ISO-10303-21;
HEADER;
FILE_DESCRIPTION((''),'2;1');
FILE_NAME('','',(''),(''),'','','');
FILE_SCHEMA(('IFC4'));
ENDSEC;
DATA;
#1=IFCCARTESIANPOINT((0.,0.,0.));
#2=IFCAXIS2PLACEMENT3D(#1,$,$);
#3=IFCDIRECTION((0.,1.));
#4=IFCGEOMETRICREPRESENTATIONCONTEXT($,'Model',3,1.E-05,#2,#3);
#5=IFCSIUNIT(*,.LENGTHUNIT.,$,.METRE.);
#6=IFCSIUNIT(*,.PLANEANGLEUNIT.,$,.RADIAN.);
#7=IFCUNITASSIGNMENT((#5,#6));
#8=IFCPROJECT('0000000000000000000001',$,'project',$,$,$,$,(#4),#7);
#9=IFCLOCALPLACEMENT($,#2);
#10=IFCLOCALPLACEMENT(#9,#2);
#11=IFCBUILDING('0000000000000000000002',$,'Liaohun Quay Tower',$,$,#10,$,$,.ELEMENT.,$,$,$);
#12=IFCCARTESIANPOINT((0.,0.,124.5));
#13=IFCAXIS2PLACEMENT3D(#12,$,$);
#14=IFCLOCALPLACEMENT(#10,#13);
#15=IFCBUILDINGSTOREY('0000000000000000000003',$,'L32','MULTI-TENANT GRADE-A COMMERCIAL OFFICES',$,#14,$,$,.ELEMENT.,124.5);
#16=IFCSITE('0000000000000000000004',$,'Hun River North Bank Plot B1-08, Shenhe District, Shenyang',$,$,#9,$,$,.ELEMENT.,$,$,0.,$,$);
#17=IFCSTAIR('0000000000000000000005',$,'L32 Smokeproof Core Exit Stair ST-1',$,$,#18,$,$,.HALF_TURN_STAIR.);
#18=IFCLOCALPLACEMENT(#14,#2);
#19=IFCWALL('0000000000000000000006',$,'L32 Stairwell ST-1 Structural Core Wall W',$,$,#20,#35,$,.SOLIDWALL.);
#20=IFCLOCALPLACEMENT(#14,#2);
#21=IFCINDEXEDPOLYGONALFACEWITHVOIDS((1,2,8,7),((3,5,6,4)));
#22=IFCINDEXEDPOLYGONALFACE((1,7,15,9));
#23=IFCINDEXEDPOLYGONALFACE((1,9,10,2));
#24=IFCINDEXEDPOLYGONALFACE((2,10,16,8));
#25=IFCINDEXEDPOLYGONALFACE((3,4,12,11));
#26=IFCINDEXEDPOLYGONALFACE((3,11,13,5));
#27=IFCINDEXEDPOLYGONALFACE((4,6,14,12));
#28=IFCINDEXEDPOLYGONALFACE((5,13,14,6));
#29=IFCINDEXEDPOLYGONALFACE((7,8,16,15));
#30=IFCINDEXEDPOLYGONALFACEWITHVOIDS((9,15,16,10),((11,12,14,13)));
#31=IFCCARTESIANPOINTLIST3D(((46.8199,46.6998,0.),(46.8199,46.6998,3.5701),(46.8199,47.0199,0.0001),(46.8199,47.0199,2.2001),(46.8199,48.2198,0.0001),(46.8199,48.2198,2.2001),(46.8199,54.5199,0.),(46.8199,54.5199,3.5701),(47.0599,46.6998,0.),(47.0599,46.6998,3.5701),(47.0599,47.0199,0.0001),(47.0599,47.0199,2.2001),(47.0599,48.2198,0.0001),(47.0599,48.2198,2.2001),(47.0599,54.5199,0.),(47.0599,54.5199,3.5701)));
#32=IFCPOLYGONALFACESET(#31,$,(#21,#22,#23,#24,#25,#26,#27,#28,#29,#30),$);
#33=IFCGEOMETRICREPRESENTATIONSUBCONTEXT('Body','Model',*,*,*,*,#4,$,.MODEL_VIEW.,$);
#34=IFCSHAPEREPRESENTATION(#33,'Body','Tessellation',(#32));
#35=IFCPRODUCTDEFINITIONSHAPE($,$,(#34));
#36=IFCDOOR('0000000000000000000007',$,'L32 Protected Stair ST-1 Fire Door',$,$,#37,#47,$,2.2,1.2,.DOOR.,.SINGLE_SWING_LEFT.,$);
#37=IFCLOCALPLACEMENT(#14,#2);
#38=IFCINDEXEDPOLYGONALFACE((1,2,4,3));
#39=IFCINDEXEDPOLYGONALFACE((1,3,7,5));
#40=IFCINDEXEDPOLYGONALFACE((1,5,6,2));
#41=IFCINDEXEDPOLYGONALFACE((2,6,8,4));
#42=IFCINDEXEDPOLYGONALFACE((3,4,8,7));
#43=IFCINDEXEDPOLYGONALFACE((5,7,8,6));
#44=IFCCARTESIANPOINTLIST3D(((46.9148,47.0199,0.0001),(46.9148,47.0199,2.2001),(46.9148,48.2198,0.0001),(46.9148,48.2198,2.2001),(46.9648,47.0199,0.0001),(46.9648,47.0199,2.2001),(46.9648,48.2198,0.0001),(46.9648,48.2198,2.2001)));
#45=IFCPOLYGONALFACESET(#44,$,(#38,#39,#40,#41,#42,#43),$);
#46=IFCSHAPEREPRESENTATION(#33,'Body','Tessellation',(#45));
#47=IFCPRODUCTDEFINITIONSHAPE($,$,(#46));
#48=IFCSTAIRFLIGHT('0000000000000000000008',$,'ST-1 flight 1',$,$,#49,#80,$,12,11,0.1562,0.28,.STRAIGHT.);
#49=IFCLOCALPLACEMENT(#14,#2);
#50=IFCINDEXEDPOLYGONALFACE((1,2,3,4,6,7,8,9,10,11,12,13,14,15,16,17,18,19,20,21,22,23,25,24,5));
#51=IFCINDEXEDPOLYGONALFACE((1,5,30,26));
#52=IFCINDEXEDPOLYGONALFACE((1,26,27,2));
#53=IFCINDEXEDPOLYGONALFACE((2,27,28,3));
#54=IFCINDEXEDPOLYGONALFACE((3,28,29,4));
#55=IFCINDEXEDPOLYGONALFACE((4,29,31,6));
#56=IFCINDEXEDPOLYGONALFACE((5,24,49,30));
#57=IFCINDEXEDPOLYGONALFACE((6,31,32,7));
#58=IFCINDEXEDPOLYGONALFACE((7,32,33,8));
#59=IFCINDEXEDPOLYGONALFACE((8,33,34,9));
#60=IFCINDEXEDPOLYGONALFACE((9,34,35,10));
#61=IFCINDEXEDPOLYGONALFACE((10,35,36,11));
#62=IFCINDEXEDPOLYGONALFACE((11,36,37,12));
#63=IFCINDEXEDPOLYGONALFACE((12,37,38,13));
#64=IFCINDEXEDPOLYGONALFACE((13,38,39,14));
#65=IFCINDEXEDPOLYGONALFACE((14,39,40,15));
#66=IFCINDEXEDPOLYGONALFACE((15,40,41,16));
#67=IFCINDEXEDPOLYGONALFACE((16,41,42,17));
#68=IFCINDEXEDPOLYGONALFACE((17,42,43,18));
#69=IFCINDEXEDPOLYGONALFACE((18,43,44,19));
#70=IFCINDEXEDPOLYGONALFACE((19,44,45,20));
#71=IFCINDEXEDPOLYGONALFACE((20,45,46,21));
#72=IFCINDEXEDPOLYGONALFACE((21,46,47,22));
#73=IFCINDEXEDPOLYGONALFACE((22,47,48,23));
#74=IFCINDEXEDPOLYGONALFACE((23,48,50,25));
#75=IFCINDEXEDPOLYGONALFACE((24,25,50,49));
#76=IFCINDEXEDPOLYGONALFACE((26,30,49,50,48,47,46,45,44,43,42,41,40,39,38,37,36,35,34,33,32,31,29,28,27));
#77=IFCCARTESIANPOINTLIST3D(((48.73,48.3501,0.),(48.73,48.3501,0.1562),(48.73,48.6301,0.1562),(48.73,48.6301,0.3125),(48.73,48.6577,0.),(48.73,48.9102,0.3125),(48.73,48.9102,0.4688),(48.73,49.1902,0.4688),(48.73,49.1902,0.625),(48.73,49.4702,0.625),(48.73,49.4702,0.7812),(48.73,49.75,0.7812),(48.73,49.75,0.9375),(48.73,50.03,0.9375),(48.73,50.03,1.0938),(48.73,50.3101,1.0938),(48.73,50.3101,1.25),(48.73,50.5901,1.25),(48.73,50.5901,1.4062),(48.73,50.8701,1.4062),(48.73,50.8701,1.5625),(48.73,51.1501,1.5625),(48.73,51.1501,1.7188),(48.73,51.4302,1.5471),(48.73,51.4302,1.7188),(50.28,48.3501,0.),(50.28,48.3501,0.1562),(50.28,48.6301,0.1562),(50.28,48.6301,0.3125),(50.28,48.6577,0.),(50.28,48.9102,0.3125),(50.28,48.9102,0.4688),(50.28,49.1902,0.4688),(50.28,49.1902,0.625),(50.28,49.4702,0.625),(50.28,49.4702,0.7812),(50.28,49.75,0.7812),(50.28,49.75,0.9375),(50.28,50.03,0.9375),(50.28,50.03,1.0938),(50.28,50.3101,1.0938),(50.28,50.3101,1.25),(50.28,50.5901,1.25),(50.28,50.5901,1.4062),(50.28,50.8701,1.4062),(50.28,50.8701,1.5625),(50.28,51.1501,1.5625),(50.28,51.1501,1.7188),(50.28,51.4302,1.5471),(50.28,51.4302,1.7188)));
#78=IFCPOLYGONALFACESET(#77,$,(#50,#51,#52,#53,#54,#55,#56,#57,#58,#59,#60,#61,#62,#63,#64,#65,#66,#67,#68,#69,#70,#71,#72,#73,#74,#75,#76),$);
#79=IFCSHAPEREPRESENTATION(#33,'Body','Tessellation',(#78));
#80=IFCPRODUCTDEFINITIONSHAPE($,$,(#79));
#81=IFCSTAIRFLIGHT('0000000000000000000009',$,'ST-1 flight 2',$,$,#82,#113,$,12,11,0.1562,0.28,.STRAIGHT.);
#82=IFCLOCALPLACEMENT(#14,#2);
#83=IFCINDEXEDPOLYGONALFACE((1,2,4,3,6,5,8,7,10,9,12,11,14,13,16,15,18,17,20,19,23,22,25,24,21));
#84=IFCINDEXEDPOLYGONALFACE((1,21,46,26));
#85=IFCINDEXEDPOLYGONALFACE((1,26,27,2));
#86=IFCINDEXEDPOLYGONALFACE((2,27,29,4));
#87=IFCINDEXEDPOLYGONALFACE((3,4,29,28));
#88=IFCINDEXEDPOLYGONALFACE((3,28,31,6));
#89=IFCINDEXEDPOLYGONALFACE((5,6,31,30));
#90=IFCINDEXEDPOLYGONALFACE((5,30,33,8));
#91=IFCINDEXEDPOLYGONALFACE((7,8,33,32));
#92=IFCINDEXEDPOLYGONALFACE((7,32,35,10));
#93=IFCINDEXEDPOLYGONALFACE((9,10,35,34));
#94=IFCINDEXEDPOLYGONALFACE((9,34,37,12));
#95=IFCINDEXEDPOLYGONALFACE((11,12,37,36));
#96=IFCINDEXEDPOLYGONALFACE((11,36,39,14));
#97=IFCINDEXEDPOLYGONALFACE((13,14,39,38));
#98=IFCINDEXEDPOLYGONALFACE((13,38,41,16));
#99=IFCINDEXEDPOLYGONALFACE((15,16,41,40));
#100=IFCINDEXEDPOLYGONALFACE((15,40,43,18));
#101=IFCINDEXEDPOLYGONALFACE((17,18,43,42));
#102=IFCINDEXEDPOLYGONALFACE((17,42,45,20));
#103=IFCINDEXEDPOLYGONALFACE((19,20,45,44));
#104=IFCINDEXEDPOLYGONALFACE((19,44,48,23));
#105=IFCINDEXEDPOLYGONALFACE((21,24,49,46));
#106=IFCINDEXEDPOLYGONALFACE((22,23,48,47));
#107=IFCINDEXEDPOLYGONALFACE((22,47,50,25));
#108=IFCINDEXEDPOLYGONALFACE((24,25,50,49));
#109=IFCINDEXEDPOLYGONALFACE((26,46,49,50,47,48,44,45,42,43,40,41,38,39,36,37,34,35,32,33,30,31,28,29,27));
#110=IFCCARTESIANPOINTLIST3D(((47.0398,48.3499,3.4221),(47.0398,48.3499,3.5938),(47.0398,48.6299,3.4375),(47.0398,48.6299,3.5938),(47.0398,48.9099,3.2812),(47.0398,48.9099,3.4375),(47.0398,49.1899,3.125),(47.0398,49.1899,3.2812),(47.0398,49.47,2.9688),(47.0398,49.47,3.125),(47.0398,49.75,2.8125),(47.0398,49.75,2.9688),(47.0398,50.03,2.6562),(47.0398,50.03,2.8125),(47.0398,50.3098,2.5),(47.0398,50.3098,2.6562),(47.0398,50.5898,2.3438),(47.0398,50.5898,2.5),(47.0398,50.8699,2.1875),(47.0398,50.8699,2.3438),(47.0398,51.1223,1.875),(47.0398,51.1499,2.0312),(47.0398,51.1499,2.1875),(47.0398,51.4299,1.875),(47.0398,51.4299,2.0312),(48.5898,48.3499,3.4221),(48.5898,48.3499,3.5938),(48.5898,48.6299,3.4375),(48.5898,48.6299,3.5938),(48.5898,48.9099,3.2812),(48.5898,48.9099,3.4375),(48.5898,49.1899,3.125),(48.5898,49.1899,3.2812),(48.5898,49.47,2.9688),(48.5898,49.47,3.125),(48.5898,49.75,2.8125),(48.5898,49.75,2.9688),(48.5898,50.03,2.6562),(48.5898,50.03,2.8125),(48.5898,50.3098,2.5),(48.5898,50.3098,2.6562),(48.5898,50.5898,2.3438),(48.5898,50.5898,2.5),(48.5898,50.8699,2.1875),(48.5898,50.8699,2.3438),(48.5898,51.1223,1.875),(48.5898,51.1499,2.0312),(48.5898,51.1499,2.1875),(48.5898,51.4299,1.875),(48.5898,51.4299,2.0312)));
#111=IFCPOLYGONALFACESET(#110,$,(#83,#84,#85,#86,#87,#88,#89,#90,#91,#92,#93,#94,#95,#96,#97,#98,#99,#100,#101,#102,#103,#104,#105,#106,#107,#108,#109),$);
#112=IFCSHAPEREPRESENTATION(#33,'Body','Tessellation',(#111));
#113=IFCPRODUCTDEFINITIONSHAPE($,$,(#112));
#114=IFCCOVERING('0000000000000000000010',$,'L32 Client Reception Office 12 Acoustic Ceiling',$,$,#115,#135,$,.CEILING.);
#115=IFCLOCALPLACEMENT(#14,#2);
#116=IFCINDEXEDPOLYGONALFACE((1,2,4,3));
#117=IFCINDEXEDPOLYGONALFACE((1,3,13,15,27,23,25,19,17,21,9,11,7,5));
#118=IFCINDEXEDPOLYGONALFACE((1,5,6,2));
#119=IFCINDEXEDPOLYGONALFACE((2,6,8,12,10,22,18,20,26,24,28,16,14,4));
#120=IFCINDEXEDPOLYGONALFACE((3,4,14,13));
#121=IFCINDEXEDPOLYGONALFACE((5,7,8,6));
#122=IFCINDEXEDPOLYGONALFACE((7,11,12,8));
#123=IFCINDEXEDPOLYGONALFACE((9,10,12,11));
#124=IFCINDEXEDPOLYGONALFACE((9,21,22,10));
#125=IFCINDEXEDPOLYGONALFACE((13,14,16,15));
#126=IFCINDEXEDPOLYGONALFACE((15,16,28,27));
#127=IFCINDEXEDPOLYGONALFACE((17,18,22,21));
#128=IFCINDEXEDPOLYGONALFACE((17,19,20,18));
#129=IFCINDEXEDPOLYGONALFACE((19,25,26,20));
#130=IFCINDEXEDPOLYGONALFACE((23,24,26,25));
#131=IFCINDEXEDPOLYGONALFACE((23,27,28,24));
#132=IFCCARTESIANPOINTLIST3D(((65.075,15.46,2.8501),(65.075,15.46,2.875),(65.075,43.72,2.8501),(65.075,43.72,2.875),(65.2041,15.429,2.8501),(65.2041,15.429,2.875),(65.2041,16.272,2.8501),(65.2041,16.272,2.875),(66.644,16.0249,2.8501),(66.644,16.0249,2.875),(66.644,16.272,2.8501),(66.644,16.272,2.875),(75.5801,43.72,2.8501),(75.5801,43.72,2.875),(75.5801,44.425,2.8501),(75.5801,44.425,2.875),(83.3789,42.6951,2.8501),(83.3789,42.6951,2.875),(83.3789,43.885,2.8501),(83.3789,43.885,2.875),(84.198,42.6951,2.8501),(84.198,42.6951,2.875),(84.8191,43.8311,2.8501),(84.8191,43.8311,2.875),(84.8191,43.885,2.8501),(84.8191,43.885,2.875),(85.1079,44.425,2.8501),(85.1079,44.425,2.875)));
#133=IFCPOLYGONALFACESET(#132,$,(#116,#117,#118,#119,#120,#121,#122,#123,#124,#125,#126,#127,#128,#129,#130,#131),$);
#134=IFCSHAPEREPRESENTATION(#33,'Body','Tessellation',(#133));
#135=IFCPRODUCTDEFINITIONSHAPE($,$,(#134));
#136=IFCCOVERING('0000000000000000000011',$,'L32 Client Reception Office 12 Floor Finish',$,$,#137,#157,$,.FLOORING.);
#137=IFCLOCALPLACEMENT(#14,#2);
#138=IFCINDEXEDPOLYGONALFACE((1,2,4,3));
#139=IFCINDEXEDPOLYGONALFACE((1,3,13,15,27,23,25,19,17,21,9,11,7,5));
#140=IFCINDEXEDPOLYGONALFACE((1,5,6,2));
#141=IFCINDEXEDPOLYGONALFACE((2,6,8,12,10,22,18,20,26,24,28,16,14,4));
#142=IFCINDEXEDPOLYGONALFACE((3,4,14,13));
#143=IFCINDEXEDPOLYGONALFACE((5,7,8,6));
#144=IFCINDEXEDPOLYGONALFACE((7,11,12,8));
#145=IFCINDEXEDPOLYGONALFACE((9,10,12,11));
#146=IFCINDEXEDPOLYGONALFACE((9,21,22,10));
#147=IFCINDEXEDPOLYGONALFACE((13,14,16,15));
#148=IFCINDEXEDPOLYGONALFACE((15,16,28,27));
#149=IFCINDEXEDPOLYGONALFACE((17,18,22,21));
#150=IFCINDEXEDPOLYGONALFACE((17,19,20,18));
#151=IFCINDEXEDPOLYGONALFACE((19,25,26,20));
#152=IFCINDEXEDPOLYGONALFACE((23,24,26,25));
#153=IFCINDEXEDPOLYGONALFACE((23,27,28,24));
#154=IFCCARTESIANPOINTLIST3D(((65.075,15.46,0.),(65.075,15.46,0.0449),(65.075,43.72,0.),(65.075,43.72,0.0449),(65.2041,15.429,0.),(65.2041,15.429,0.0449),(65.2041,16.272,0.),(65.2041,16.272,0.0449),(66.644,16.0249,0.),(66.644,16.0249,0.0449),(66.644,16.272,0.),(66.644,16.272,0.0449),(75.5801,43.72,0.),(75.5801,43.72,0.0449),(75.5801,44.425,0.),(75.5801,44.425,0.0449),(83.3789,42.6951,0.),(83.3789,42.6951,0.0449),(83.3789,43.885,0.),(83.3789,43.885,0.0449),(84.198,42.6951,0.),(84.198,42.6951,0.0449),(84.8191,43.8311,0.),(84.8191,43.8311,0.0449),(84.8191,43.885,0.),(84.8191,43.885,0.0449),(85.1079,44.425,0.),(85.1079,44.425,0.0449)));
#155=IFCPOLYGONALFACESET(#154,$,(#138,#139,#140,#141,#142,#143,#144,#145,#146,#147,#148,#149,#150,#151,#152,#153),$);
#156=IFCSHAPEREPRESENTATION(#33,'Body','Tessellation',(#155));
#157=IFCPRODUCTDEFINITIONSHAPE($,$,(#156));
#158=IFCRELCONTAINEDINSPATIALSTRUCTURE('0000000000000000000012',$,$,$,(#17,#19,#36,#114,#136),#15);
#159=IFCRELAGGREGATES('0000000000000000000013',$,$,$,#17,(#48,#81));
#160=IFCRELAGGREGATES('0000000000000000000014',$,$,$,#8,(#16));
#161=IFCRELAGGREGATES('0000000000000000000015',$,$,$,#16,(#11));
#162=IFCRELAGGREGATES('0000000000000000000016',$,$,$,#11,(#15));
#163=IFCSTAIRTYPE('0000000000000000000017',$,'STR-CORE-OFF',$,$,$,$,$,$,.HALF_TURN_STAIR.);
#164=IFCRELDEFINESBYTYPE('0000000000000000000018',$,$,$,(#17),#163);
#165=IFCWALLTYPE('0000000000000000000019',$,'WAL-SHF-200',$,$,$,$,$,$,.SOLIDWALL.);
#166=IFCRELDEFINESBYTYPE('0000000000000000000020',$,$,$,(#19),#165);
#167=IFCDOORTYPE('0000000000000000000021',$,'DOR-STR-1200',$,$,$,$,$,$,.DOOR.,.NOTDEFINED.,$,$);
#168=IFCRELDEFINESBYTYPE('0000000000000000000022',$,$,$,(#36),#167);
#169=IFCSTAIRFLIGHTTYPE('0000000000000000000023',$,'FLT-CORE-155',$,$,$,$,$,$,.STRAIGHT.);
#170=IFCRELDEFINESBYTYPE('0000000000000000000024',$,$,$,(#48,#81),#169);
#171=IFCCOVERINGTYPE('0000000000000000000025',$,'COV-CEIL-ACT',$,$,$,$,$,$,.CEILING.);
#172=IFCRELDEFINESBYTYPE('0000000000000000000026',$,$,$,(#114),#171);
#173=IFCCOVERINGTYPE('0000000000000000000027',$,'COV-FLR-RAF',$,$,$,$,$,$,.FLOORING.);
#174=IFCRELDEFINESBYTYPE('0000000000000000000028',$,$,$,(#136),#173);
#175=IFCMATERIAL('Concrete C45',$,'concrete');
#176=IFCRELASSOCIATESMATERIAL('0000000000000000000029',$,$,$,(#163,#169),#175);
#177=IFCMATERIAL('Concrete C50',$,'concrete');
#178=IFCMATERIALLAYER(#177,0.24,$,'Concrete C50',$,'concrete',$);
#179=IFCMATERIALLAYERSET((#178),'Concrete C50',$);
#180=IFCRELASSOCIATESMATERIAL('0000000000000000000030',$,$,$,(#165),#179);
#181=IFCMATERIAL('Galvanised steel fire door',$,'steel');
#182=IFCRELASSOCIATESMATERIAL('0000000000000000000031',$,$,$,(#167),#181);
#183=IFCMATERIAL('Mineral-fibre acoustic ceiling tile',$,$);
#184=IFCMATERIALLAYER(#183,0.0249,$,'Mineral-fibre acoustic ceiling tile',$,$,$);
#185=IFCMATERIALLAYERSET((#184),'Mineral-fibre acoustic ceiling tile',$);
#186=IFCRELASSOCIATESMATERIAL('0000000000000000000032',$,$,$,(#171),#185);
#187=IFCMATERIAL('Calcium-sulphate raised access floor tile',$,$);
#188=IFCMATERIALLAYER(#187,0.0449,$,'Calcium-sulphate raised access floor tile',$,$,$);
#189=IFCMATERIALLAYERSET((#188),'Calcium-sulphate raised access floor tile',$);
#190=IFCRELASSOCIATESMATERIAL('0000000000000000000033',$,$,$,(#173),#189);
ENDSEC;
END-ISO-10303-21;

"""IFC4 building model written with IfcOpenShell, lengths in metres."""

from ifc_helpers import new_model, si_unit, direction, frame, frame_2d, origin, place, context, subcontext, project, spatial, polyline, rectangle, outline, extrude, source, transform, mapped, material, layer, layer_set, type_object, element, fill, aggregate, save


model = new_model("IFC4")

# Units and contexts
model_context = context("Model", 3, precision=1e-05, world=origin(), true_north=direction((0.0, 1.0)))
body_context = subcontext(model_context, "Body", "Model", "MODEL_VIEW")
ifc_project = project(units=[si_unit("LENGTHUNIT", "METRE"), si_unit("PLANEANGLEUNIT", "RADIAN")], contexts=[model_context])

# Site, building, storey
site_placement = place(None, origin())
site = spatial("IfcSite", under=ifc_project, at=site_placement, Name="Hun River North Bank Plot B1-08, Shenhe District, Shenyang", CompositionType="ELEMENT", RefElevation=0.0)
building_placement = place(site_placement, origin())
building = spatial("IfcBuilding", under=site, at=building_placement, Name="Liaohun Quay Tower", CompositionType="ELEMENT")
storey_placement = place(building_placement, frame((0.0, 0.0, 124.5)))
storey = spatial("IfcBuildingStorey", under=building, at=storey_placement, Name="L32", Description="MULTI-TENANT GRADE-A COMMERCIAL OFFICES", CompositionType="ELEMENT", Elevation=124.5)

# Stair
ifc_material_1 = material(Name="Concrete C45", Category="concrete")
stair_type = type_object("IfcStairType", Name="STR-CORE-OFF", PredefinedType="HALF_TURN_STAIR", material=ifc_material_1)
stair_1_placement = place(storey_placement, origin())
stair_1 = element("IfcStair", 1, at=stair_1_placement, inside=storey, type_object=stair_type, Name="L32 Smokeproof Core Exit Stair ST-1", PredefinedType="HALF_TURN_STAIR")

# Shared definitions
ifc_material_2 = material(Name="Concrete C50", Category="concrete")
ifc_layer_1 = layer(ifc_material_2, 0.24, Name="Concrete C50", Category="concrete")
ifc_layer_set_1 = layer_set([ifc_layer_1], Name="Concrete C50")
wall_type_1 = type_object("IfcWallType", Name="WAL-SHF-200", PredefinedType="SOLIDWALL", material=ifc_layer_set_1)

# Wall, opening, door
wall_1_placement = place(storey_placement, frame((46.9399, 54.52, 0.0), z_axis=(0.0, 0.0, 1.0), x_axis=(0.0, -1.0, 0.0)))
wall_1 = element("IfcWall", 2, at=wall_1_placement, inside=storey, type_object=wall_type_1, Name="L32 Stairwell ST-1 Structural Core Wall W", PredefinedType="SOLIDWALL", context=body_context, shape_type="SweptSolid", body=[
    extrude(rectangle(XDim=7.8201, YDim=0.24, at=frame_2d((3.9102, 0.0))), origin(), (0.0, 0.0, 1.0), 3.5701),
])
shared_shape_1 = source(origin(), body_context, "Body", "SweptSolid", [
    extrude(rectangle(XDim=1.2, YDim=2.2, at=frame_2d((0.6001, 1.1001))), frame((0.0, 0.1299, 0.0), z_axis=(0.0, -1.0, 0.0), x_axis=(1.0, 0.0, 0.0)), (0.0, 0.0, 1.0), 0.26),
])
opening_1_placement = place(wall_1_placement, frame((6.3, 0.0, 0.0)))
opening_1 = element("IfcOpeningElement", 3, at=opening_1_placement, cuts=wall_1, PredefinedType="OPENING", context=body_context, shape_type="MappedRepresentation", body=[
    mapped(shared_shape_1, transform((0.0, 0.0, 0.0), x_axis=(1.0, 0.0, 0.0), y_axis=(0.0, 1.0, 0.0), z_axis=(0.0, 0.0, 1.0), scale=1.0)),
])
ifc_material_3 = material(Name="Galvanised steel fire door", Category="steel")
door_type_1 = type_object("IfcDoorType", Name="DOR-STR-1200", OperationType="NOTDEFINED", PredefinedType="DOOR", material=ifc_material_3)
shared_shape_2 = source(origin(), body_context, "Body", "SweptSolid", [
    extrude(rectangle(XDim=1.2, YDim=2.2, at=frame_2d((0.6001, 1.1001))), frame((0.0, 0.0249, 0.0), z_axis=(0.0, -1.0, 0.0), x_axis=(1.0, 0.0, 0.0)), (0.0, 0.0, 1.0), 0.05),
])
door_1_placement = place(opening_1_placement, origin())
door_1 = element("IfcDoor", 4, at=door_1_placement, inside=storey, type_object=door_type_1, Name="L32 Protected Stair ST-1 Fire Door", OperationType="SINGLE_SWING_LEFT", OverallHeight=2.2, OverallWidth=1.2, PredefinedType="DOOR", context=body_context, shape_type="MappedRepresentation", body=[
    mapped(shared_shape_2, transform((0.0, 0.0, 0.0), x_axis=(1.0, 0.0, 0.0), y_axis=(0.0, 1.0, 0.0), z_axis=(0.0, 0.0, 1.0), scale=1.0)),
])
fill(opening_1, door_1)

# Stair flights
stair_flight_type = type_object("IfcStairFlightType", Name="FLT-CORE-155", PredefinedType="STRAIGHT", material=ifc_material_1)
stair_flight_1_placement = place(storey_placement, frame((49.5049, 48.3501, 0.0), z_axis=(0.0, 0.0, 1.0), x_axis=(0.0, 1.0, 0.0)))
stair_flight_1 = element("IfcStairFlight", 5, at=stair_flight_1_placement, type_object=stair_flight_type, Name="ST-1 flight 1", NumberOfRisers=12, NumberOfTreads=11, PredefinedType="STRAIGHT", RiserHeight=0.1562, TreadLength=0.28, context=body_context, shape_type="SweptSolid", body=[
    extrude(outline(polyline([(0.0, 0.0), (0.0, 0.1562), (0.28, 0.1562), (0.28, 0.3125), (0.5601, 0.3125), (0.5601, 0.4688), (0.8401, 0.4688), (0.8401, 0.625), (1.1201, 0.625), (1.1201, 0.7812), (1.3999, 0.7812), (1.3999, 0.9375), (1.6799, 0.9375), (1.6799, 1.0938), (1.96, 1.0938), (1.96, 1.25), (2.24, 1.25), (2.24, 1.4062), (2.52, 1.4062), (2.52, 1.5625), (2.8, 1.5625), (2.8, 1.7188), (3.0801, 1.7188), (3.0801, 1.875), (3.0801, 1.5471), (0.3076, 0.0), (0.0, 0.0)])), frame((0.0, 0.7749, 0.0), z_axis=(0.0, -1.0, 0.0), x_axis=(1.0, 0.0, 0.0)), (0.0, 0.0, 1.0), 1.55),
])
stair_flight_2_placement = place(storey_placement, frame((47.8149, 51.4299, 1.875), z_axis=(0.0, 0.0, 1.0), x_axis=(0.0, -1.0, 0.0)))
stair_flight_2 = element("IfcStairFlight", 6, at=stair_flight_2_placement, type_object=stair_flight_type, Name="ST-1 flight 2", NumberOfRisers=12, NumberOfTreads=11, PredefinedType="STRAIGHT", RiserHeight=0.1562, TreadLength=0.28, context=body_context, shape_type="SweptSolid", body=[
    extrude(outline(polyline([(0.0, 0.0), (0.0, 0.1562), (0.28, 0.1562), (0.28, 0.3125), (0.5601, 0.3125), (0.5601, 0.4688), (0.8401, 0.4688), (0.8401, 0.625), (1.1201, 0.625), (1.1201, 0.7812), (1.3999, 0.7812), (1.3999, 0.9375), (1.6799, 0.9375), (1.6799, 1.0938), (1.96, 1.0938), (1.96, 1.25), (2.24, 1.25), (2.24, 1.4062), (2.52, 1.4062), (2.52, 1.5625), (2.8, 1.5625), (2.8, 1.7188), (3.0801, 1.7188), (3.0801, 1.875), (3.0801, 1.5471), (0.3076, 0.0), (0.0, 0.0)])), frame((0.0, 0.7749, 0.0), z_axis=(0.0, -1.0, 0.0), x_axis=(1.0, 0.0, 0.0)), (0.0, 0.0, 1.0), 1.55),
])
aggregate(stair_1, [stair_flight_1, stair_flight_2])

# Coverings
ifc_material_4 = material(Name="Mineral-fibre acoustic ceiling tile")
ifc_layer_2 = layer(ifc_material_4, 0.0249, Name="Mineral-fibre acoustic ceiling tile")
ifc_layer_set_2 = layer_set([ifc_layer_2], Name="Mineral-fibre acoustic ceiling tile")
covering_type_1 = type_object("IfcCoveringType", Name="COV-CEIL-ACT", PredefinedType="CEILING", material=ifc_layer_set_2)
covering_1_placement = place(storey_placement, frame((0.0, 0.0, 2.8501)))
element("IfcCovering", 7, at=covering_1_placement, inside=storey, type_object=covering_type_1, Name="L32 Client Reception Office 12 Acoustic Ceiling", PredefinedType="CEILING", context=body_context, shape_type="SweptSolid", body=[
    extrude(outline(polyline([(75.5801, 43.72), (65.075, 43.72), (65.075, 15.46), (65.2041, 15.429), (65.2041, 16.272), (66.644, 16.272), (66.644, 16.0249), (84.198, 42.6951), (83.3789, 42.6951), (83.3789, 43.885), (84.8191, 43.885), (84.8191, 43.8311), (85.1079, 44.425), (75.5801, 44.425), (75.5801, 43.72)])), origin(), (0.0, 0.0, 1.0), 0.0249),
])
ifc_material_5 = material(Name="Calcium-sulphate raised access floor tile")
ifc_layer_3 = layer(ifc_material_5, 0.0449, Name="Calcium-sulphate raised access floor tile")
ifc_layer_set_3 = layer_set([ifc_layer_3], Name="Calcium-sulphate raised access floor tile")
covering_type_2 = type_object("IfcCoveringType", Name="COV-FLR-RAF", PredefinedType="FLOORING", material=ifc_layer_set_3)
covering_2_placement = place(storey_placement, origin())
element("IfcCovering", 8, at=covering_2_placement, inside=storey, type_object=covering_type_2, Name="L32 Client Reception Office 12 Floor Finish", PredefinedType="FLOORING", context=body_context, shape_type="SweptSolid", body=[
    extrude(outline(polyline([(75.5801, 43.72), (65.075, 43.72), (65.075, 15.46), (65.2041, 15.429), (65.2041, 16.272), (66.644, 16.272), (66.644, 16.0249), (84.198, 42.6951), (83.3789, 42.6951), (83.3789, 43.885), (84.8191, 43.885), (84.8191, 43.8311), (85.1079, 44.425), (75.5801, 44.425), (75.5801, 43.72)])), origin(), (0.0, 0.0, 1.0), 0.0449),
])

save(model, "model.ifc")
